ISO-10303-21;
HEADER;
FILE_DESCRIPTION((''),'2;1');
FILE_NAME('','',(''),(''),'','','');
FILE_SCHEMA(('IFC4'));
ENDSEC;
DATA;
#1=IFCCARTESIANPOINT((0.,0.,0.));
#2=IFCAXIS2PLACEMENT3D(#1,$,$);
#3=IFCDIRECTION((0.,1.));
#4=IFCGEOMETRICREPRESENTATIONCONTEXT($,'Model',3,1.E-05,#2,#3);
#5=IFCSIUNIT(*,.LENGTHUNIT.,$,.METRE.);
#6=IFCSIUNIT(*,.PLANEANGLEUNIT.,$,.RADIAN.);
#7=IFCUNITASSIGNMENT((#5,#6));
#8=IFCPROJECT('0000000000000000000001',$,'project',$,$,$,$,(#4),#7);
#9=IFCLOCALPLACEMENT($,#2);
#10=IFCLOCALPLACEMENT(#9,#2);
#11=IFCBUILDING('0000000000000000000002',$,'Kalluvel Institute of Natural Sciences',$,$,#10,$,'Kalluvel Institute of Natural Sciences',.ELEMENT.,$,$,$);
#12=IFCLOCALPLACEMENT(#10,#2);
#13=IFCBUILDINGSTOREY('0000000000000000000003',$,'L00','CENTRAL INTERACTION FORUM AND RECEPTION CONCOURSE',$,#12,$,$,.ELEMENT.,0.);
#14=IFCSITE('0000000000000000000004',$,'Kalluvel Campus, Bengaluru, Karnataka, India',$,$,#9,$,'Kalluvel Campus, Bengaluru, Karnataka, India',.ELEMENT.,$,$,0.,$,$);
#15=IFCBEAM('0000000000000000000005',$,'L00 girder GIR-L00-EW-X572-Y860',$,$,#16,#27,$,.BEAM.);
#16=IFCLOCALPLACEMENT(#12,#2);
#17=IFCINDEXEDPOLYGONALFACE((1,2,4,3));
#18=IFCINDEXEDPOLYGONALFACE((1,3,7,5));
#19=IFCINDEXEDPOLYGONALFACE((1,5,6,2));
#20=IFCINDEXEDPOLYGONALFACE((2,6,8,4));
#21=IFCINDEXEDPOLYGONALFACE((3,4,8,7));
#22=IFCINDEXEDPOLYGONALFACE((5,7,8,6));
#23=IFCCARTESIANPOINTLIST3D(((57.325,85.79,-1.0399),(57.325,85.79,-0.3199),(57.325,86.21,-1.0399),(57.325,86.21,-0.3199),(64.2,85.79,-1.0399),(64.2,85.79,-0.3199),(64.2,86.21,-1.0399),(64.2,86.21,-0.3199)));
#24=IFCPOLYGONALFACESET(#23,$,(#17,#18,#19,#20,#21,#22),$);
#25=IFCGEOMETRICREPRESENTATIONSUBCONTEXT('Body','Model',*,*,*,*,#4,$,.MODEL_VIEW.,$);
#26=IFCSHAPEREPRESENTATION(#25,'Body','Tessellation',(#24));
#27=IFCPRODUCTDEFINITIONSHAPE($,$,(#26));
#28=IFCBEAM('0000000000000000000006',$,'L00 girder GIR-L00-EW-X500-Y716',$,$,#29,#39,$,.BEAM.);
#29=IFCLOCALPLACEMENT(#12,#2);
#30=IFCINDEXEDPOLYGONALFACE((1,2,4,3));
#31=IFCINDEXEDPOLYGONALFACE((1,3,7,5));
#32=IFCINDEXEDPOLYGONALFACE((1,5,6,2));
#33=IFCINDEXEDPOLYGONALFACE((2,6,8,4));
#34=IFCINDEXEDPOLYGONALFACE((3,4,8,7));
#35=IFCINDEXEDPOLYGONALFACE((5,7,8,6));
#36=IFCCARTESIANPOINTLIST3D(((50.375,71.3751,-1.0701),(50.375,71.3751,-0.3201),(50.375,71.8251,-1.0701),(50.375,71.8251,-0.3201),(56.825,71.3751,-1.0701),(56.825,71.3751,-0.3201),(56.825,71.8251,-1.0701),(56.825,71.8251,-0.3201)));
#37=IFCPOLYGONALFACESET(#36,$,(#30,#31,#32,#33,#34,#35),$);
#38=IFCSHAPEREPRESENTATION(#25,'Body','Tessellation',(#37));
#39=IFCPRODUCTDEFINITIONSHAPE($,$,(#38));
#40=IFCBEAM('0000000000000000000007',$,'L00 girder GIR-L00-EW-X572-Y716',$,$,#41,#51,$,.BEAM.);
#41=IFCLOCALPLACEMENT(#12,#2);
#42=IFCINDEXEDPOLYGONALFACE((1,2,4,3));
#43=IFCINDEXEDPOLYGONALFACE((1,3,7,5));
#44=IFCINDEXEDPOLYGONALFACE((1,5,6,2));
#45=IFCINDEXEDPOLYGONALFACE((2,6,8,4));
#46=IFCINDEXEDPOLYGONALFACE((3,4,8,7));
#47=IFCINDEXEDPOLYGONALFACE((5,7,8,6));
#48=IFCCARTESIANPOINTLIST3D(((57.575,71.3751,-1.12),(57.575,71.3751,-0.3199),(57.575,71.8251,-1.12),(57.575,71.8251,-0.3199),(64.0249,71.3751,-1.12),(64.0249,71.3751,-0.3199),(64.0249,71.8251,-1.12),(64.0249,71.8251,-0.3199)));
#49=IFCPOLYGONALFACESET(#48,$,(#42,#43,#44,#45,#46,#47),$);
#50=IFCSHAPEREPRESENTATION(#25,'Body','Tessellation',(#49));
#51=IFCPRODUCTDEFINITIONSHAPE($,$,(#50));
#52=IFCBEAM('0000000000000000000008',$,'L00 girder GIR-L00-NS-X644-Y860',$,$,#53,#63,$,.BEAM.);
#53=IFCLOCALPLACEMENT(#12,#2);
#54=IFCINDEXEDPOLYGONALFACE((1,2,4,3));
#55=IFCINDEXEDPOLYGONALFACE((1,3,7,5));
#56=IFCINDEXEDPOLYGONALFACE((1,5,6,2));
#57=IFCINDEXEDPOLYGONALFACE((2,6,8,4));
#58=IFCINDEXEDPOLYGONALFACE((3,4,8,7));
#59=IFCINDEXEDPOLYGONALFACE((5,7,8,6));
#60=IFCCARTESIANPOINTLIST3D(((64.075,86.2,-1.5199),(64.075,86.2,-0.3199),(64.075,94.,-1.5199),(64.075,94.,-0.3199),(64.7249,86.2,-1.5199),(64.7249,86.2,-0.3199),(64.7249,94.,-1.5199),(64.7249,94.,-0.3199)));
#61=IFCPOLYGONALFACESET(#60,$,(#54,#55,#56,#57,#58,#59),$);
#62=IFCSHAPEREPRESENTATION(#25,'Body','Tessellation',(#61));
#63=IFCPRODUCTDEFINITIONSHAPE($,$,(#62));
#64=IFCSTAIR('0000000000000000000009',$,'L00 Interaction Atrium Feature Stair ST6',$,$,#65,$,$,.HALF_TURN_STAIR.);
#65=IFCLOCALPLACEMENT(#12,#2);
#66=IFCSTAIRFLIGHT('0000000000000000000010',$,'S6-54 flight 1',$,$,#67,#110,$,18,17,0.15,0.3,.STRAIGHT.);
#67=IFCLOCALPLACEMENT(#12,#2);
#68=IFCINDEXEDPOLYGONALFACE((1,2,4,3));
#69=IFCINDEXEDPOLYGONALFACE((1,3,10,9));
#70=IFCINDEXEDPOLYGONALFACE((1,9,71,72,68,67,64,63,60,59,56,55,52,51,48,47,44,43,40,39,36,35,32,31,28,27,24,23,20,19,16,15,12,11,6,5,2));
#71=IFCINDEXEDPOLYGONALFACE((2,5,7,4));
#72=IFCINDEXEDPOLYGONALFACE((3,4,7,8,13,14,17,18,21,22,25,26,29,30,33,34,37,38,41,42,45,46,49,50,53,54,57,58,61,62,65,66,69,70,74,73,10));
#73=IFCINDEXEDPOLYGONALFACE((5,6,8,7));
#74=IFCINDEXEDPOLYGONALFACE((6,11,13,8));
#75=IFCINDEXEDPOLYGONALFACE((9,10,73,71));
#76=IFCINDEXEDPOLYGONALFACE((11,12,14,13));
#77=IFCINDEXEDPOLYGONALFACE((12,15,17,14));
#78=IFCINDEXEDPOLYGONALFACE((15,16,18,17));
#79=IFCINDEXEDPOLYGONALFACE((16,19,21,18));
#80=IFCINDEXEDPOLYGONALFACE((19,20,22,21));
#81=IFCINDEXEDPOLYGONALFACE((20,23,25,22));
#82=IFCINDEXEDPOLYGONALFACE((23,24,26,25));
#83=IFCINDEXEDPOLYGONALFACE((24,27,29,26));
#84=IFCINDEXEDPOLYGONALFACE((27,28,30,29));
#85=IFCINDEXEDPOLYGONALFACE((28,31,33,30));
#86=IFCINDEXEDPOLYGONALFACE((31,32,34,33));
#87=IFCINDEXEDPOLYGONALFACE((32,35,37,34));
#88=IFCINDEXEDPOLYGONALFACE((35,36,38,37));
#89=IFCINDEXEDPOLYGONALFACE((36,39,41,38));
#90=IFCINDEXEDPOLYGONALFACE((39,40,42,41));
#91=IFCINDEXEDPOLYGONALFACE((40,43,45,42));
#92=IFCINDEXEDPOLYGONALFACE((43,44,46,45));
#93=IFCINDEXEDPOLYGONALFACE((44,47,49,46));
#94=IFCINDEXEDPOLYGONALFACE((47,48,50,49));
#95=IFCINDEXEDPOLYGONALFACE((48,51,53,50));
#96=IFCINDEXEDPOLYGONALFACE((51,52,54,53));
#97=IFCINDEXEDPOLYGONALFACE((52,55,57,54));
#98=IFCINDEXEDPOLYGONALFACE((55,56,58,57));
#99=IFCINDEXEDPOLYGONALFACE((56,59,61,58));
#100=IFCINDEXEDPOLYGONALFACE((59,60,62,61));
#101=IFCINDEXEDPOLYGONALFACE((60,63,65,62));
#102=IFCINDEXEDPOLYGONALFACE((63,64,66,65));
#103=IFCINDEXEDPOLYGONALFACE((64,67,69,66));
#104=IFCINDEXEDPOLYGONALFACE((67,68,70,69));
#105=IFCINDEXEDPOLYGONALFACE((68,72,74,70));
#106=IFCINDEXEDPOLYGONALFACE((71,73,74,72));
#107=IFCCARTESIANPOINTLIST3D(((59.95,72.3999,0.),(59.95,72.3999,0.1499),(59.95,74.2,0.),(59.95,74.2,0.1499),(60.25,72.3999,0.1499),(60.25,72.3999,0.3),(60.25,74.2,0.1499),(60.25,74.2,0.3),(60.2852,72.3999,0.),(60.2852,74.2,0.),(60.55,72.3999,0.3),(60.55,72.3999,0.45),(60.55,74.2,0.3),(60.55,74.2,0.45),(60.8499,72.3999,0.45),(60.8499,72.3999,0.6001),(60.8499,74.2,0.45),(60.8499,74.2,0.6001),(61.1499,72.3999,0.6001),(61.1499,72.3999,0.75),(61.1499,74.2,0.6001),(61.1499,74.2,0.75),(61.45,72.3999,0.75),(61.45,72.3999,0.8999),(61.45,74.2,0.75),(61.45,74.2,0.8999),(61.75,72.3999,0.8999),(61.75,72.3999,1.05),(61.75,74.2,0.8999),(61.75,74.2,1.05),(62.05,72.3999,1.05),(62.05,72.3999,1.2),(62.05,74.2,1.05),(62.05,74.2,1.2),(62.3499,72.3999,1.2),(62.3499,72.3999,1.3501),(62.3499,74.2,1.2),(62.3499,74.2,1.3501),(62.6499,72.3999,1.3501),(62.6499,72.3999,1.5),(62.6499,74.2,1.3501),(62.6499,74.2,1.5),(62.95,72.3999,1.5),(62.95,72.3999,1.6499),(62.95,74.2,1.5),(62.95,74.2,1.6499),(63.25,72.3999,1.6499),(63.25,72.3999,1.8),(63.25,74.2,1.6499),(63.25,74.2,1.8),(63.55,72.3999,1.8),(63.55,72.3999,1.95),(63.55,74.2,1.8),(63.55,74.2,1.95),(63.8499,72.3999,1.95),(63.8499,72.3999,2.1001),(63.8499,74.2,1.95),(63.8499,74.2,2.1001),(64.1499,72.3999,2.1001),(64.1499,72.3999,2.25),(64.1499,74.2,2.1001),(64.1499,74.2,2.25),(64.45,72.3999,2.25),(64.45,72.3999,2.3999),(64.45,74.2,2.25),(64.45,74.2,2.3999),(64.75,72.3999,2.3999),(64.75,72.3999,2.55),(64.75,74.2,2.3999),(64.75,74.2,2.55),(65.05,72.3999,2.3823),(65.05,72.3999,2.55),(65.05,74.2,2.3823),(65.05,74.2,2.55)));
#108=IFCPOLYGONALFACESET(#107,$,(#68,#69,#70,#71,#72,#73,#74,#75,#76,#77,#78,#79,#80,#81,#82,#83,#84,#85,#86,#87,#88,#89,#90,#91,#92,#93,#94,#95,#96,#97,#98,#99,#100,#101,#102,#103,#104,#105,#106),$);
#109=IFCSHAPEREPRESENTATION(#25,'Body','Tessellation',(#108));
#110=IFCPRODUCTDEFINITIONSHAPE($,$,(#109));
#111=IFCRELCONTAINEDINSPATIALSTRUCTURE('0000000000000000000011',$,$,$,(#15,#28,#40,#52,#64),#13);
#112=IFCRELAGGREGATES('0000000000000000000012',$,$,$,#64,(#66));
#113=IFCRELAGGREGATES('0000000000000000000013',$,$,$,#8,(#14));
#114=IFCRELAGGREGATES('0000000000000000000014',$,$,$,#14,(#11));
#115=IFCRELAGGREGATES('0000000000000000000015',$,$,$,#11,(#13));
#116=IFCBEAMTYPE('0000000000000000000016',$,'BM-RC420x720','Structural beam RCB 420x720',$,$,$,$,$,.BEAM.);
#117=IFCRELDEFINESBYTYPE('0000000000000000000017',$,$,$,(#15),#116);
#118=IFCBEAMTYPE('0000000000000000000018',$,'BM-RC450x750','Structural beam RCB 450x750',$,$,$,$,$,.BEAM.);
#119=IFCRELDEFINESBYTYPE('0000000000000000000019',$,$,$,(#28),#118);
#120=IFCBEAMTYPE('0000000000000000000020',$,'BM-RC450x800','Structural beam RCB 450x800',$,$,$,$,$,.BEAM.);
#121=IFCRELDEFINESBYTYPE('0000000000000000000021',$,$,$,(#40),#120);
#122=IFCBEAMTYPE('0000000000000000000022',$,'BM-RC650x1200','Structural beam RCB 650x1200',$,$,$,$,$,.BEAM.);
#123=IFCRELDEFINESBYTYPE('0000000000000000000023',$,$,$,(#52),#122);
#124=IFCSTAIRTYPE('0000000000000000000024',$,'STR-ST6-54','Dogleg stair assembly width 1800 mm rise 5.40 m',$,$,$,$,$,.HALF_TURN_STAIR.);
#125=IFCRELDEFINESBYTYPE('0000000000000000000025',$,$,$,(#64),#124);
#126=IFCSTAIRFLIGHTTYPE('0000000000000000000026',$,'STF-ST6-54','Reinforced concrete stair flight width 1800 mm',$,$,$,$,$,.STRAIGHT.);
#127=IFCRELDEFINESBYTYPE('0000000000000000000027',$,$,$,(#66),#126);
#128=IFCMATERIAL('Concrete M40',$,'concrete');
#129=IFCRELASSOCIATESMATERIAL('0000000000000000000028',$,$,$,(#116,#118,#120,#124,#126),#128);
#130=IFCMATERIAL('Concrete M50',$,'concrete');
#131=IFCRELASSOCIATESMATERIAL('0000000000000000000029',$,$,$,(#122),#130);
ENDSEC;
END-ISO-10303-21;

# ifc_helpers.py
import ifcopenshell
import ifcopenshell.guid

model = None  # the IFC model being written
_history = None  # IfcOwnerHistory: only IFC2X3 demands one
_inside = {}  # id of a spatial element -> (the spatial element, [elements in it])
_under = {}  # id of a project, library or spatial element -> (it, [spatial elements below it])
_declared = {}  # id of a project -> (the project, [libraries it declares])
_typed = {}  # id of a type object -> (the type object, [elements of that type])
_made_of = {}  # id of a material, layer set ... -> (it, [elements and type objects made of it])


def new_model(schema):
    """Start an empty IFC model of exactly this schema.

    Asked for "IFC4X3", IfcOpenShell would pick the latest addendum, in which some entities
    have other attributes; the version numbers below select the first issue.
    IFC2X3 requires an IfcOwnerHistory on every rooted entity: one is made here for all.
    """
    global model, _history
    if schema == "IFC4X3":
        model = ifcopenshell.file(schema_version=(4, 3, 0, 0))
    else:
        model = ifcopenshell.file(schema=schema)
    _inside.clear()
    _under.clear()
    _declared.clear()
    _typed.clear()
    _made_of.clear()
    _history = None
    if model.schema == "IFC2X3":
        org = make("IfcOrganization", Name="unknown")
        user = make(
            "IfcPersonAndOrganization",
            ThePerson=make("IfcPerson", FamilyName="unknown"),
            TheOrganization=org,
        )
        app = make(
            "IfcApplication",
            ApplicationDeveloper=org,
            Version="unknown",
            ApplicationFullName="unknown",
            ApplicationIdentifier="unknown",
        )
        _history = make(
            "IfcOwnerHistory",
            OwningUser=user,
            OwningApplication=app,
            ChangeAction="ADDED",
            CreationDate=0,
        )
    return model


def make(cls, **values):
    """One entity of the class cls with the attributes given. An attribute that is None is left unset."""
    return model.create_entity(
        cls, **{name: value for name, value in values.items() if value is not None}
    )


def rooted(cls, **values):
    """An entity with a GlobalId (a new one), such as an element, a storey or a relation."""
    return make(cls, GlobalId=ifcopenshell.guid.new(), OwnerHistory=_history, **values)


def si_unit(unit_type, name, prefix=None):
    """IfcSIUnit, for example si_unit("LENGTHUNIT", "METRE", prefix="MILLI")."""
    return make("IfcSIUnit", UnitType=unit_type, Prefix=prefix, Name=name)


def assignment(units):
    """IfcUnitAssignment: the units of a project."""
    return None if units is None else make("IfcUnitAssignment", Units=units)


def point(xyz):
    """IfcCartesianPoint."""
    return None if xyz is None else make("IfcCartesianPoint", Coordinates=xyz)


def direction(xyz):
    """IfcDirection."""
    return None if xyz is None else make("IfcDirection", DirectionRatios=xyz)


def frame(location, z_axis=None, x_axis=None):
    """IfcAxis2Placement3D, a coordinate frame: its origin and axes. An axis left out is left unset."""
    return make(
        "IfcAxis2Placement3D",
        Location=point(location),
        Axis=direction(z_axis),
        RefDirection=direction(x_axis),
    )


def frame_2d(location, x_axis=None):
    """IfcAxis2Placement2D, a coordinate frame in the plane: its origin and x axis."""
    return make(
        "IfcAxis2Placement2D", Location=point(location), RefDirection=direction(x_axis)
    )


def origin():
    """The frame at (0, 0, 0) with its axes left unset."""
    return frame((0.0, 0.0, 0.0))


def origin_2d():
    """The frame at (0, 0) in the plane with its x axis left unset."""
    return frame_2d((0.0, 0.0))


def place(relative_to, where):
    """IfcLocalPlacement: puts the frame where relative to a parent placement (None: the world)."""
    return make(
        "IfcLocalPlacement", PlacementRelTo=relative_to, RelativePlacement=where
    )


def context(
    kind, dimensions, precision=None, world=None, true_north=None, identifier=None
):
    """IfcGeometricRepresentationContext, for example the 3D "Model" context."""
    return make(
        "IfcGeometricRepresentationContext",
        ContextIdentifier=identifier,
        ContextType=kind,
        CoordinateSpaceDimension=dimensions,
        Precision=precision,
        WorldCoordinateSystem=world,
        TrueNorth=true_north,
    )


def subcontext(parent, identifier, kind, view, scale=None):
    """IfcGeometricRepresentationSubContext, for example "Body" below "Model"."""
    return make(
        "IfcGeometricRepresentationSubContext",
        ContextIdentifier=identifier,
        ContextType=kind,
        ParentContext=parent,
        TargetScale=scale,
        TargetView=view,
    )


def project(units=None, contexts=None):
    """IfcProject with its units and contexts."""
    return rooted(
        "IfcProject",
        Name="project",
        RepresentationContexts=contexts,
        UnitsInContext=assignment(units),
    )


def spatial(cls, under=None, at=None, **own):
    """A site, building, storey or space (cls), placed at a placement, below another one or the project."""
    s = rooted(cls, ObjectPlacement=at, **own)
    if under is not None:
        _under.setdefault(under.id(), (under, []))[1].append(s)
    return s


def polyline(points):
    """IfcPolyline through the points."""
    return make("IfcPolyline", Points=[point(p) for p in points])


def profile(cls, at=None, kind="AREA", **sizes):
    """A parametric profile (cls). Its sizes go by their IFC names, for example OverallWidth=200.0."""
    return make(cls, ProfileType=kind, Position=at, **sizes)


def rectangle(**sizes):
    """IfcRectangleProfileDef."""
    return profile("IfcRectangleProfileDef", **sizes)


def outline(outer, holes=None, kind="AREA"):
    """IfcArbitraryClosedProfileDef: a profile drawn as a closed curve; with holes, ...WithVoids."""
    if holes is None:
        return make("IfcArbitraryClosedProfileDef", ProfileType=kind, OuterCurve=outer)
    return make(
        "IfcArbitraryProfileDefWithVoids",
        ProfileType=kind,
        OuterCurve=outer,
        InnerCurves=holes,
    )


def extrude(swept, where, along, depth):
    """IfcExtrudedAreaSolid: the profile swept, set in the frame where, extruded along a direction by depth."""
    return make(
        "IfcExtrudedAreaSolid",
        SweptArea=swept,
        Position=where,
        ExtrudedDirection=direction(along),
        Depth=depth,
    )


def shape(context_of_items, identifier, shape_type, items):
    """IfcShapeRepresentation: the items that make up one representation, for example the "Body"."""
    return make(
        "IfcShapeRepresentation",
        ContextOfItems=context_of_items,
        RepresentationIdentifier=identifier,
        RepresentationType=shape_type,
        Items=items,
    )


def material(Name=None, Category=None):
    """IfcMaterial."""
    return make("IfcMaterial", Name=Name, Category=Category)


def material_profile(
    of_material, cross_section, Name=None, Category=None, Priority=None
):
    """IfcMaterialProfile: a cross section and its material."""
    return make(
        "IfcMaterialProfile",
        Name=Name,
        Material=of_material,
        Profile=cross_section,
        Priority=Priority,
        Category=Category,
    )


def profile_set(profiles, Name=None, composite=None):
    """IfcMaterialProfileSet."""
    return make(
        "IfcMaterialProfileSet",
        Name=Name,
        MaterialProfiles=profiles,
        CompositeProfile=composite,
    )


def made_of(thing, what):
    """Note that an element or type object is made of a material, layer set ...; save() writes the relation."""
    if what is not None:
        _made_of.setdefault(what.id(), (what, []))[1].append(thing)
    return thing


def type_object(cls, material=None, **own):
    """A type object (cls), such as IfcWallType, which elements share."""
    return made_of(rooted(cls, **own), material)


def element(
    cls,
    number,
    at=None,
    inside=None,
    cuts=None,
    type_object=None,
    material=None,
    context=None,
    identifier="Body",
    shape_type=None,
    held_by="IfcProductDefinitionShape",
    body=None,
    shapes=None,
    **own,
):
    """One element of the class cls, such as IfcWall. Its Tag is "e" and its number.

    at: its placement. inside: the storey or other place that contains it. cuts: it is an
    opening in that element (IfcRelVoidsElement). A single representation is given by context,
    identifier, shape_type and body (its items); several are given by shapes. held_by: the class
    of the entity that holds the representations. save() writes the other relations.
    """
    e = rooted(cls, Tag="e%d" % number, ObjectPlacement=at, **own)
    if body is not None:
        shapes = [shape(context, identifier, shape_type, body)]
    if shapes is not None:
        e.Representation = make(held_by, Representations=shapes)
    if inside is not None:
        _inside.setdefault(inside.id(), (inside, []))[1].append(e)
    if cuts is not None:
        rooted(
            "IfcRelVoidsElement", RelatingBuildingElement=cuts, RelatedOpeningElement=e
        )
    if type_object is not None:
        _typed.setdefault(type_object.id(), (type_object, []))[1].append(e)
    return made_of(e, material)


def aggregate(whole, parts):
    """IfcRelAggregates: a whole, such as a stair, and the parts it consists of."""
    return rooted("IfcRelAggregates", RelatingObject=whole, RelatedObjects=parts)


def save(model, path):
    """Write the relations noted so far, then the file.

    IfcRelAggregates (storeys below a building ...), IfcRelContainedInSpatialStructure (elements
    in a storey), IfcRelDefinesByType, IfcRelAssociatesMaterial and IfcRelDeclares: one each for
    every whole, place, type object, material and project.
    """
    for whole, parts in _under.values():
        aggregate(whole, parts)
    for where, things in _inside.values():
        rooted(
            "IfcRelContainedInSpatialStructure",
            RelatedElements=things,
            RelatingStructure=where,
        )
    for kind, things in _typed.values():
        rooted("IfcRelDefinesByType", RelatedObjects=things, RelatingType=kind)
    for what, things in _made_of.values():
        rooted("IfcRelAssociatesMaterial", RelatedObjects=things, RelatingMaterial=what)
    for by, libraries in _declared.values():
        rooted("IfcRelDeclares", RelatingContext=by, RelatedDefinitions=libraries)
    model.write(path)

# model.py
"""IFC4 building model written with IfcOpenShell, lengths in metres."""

from ifc_helpers import new_model, si_unit, direction, frame, origin, origin_2d, place, context, subcontext, project, spatial, polyline, rectangle, outline, extrude, material, material_profile, profile_set, type_object, element, aggregate, save


model = new_model("IFC4")

# Units and contexts
model_context = context("Model", 3, precision=1e-05, world=origin(), true_north=direction((0.0, 1.0)))
body_context = subcontext(model_context, "Body", "Model", "MODEL_VIEW")
ifc_project = project(units=[si_unit("LENGTHUNIT", "METRE"), si_unit("PLANEANGLEUNIT", "RADIAN")], contexts=[model_context])

# Site, building, storey
site_placement = place(None, origin())
site = spatial("IfcSite", under=ifc_project, at=site_placement, Name="Kalluvel Campus, Bengaluru, Karnataka, India", LongName="Kalluvel Campus, Bengaluru, Karnataka, India", CompositionType="ELEMENT", RefElevation=0.0)
building_placement = place(site_placement, origin())
building = spatial("IfcBuilding", under=site, at=building_placement, Name="Kalluvel Institute of Natural Sciences", LongName="Kalluvel Institute of Natural Sciences", CompositionType="ELEMENT")
storey_placement = place(building_placement, origin())
storey = spatial("IfcBuildingStorey", under=building, at=storey_placement, Name="L00", Description="CENTRAL INTERACTION FORUM AND RECEPTION CONCOURSE", CompositionType="ELEMENT", Elevation=0.0)

# Shared definitions
ifc_material_1 = material(Name="Concrete M40", Category="concrete")
ifc_material_2 = material(Name="Concrete M50", Category="concrete")

# Beams
ifc_material_profile_1 = material_profile(ifc_material_1, rectangle(XDim=0.4199, YDim=0.72, at=origin_2d()), Name="RCB 420x720")
ifc_profile_set_1 = profile_set([ifc_material_profile_1], Name="Concrete M40")
beam_type_1 = type_object("IfcBeamType", Name="BM-RC420x720", Description="Structural beam RCB 420x720", PredefinedType="BEAM", material=ifc_profile_set_1)
beam_1_placement = place(storey_placement, frame((57.325, 86.0, -0.6799), z_axis=(1.0, 0.0, 0.0), x_axis=(0.0, 1.0, 0.0)))
element("IfcBeam", 1, at=beam_1_placement, inside=storey, type_object=beam_type_1, Name="L00 girder GIR-L00-EW-X572-Y860", PredefinedType="BEAM", context=body_context, shape_type="SweptSolid", body=[
    extrude(rectangle(XDim=0.4199, YDim=0.72, at=origin_2d()), origin(), (0.0, 0.0, 1.0), 6.875),
])
ifc_material_profile_2 = material_profile(ifc_material_1, rectangle(XDim=0.45, YDim=0.75, at=origin_2d()), Name="RCB 450x750")
ifc_profile_set_2 = profile_set([ifc_material_profile_2], Name="Concrete M40")
beam_type_2 = type_object("IfcBeamType", Name="BM-RC450x750", Description="Structural beam RCB 450x750", PredefinedType="BEAM", material=ifc_profile_set_2)
beam_2_placement = place(storey_placement, frame((50.375, 71.6001, -0.6951), z_axis=(1.0, 0.0, 0.0), x_axis=(0.0, 1.0, 0.0)))
element("IfcBeam", 2, at=beam_2_placement, inside=storey, type_object=beam_type_2, Name="L00 girder GIR-L00-EW-X500-Y716", PredefinedType="BEAM", context=body_context, shape_type="SweptSolid", body=[
    extrude(rectangle(XDim=0.45, YDim=0.75, at=origin_2d()), origin(), (0.0, 0.0, 1.0), 6.45),
])
ifc_material_profile_3 = material_profile(ifc_material_1, rectangle(XDim=0.45, YDim=0.8, at=origin_2d()), Name="RCB 450x800")
ifc_profile_set_3 = profile_set([ifc_material_profile_3], Name="Concrete M40")
beam_type_3 = type_object("IfcBeamType", Name="BM-RC450x800", Description="Structural beam RCB 450x800", PredefinedType="BEAM", material=ifc_profile_set_3)
beam_3_placement = place(storey_placement, frame((57.575, 71.6001, -0.72), z_axis=(1.0, 0.0, 0.0), x_axis=(0.0, 1.0, 0.0)))
element("IfcBeam", 3, at=beam_3_placement, inside=storey, type_object=beam_type_3, Name="L00 girder GIR-L00-EW-X572-Y716", PredefinedType="BEAM", context=body_context, shape_type="SweptSolid", body=[
    extrude(rectangle(XDim=0.45, YDim=0.8, at=origin_2d()), origin(), (0.0, 0.0, 1.0), 6.45),
])
ifc_material_profile_4 = material_profile(ifc_material_2, rectangle(XDim=0.6499, YDim=1.2, at=origin_2d()), Name="RCB 650x1200")
ifc_profile_set_4 = profile_set([ifc_material_profile_4], Name="Concrete M50")
beam_type_4 = type_object("IfcBeamType", Name="BM-RC650x1200", Description="Structural beam RCB 650x1200", PredefinedType="BEAM", material=ifc_profile_set_4)
beam_4_placement = place(storey_placement, frame((64.3999, 86.2, -0.9199), z_axis=(0.0, 1.0, 0.0), x_axis=(-1.0, 0.0, 0.0)))
element("IfcBeam", 4, at=beam_4_placement, inside=storey, type_object=beam_type_4, Name="L00 girder GIR-L00-NS-X644-Y860", PredefinedType="BEAM", context=body_context, shape_type="SweptSolid", body=[
    extrude(rectangle(XDim=0.6499, YDim=1.2, at=origin_2d()), origin(), (0.0, 0.0, 1.0), 7.8),
])

# Stair, stair flight
stair_type = type_object("IfcStairType", Name="STR-ST6-54", Description="Dogleg stair assembly width 1800 mm rise 5.40 m", PredefinedType="HALF_TURN_STAIR", material=ifc_material_1)
stair_placement = place(storey_placement, origin())
stair = element("IfcStair", 5, at=stair_placement, inside=storey, type_object=stair_type, Name="L00 Interaction Atrium Feature Stair ST6", PredefinedType="HALF_TURN_STAIR")
stair_flight_type = type_object("IfcStairFlightType", Name="STF-ST6-54", Description="Reinforced concrete stair flight width 1800 mm", PredefinedType="STRAIGHT", material=ifc_material_1)
stair_flight_placement = place(storey_placement, frame((59.95, 73.3, 0.0), z_axis=(0.0, 0.0, 1.0), x_axis=(1.0, 0.0, 0.0)))
stair_flight = element("IfcStairFlight", 6, at=stair_flight_placement, type_object=stair_flight_type, Name="S6-54 flight 1", NumberOfRisers=18, NumberOfTreads=17, PredefinedType="STRAIGHT", RiserHeight=0.15, TreadLength=0.3, context=body_context, shape_type="SweptSolid", body=[
    extrude(outline(polyline([(0.0, 0.0), (0.0, 0.1499), (0.3, 0.1499), (0.3, 0.3), (0.6001, 0.3), (0.6001, 0.45), (0.8999, 0.45), (0.8999, 0.6001), (1.2, 0.6001), (1.2, 0.75), (1.5, 0.75), (1.5, 0.8999), (1.8, 0.8999), (1.8, 1.05), (2.1001, 1.05), (2.1001, 1.2), (2.3999, 1.2), (2.3999, 1.3501), (2.7, 1.3501), (2.7, 1.5), (3.0, 1.5), (3.0, 1.6499), (3.3, 1.6499), (3.3, 1.8), (3.6001, 1.8), (3.6001, 1.95), (3.8999, 1.95), (3.8999, 2.1001), (4.2, 2.1001), (4.2, 2.25), (4.5, 2.25), (4.5, 2.3999), (4.8, 2.3999), (4.8, 2.55), (5.1001, 2.55), (5.1001, 2.7), (5.1001, 2.3823), (0.3352, 0.0), (0.0, 0.0)])), frame((0.0, 0.8999, 0.0), z_axis=(0.0, -1.0, 0.0), x_axis=(1.0, 0.0, 0.0)), (0.0, 0.0, 1.0), 1.8),
])
aggregate(stair, [stair_flight])

save(model, "model.ifc")
